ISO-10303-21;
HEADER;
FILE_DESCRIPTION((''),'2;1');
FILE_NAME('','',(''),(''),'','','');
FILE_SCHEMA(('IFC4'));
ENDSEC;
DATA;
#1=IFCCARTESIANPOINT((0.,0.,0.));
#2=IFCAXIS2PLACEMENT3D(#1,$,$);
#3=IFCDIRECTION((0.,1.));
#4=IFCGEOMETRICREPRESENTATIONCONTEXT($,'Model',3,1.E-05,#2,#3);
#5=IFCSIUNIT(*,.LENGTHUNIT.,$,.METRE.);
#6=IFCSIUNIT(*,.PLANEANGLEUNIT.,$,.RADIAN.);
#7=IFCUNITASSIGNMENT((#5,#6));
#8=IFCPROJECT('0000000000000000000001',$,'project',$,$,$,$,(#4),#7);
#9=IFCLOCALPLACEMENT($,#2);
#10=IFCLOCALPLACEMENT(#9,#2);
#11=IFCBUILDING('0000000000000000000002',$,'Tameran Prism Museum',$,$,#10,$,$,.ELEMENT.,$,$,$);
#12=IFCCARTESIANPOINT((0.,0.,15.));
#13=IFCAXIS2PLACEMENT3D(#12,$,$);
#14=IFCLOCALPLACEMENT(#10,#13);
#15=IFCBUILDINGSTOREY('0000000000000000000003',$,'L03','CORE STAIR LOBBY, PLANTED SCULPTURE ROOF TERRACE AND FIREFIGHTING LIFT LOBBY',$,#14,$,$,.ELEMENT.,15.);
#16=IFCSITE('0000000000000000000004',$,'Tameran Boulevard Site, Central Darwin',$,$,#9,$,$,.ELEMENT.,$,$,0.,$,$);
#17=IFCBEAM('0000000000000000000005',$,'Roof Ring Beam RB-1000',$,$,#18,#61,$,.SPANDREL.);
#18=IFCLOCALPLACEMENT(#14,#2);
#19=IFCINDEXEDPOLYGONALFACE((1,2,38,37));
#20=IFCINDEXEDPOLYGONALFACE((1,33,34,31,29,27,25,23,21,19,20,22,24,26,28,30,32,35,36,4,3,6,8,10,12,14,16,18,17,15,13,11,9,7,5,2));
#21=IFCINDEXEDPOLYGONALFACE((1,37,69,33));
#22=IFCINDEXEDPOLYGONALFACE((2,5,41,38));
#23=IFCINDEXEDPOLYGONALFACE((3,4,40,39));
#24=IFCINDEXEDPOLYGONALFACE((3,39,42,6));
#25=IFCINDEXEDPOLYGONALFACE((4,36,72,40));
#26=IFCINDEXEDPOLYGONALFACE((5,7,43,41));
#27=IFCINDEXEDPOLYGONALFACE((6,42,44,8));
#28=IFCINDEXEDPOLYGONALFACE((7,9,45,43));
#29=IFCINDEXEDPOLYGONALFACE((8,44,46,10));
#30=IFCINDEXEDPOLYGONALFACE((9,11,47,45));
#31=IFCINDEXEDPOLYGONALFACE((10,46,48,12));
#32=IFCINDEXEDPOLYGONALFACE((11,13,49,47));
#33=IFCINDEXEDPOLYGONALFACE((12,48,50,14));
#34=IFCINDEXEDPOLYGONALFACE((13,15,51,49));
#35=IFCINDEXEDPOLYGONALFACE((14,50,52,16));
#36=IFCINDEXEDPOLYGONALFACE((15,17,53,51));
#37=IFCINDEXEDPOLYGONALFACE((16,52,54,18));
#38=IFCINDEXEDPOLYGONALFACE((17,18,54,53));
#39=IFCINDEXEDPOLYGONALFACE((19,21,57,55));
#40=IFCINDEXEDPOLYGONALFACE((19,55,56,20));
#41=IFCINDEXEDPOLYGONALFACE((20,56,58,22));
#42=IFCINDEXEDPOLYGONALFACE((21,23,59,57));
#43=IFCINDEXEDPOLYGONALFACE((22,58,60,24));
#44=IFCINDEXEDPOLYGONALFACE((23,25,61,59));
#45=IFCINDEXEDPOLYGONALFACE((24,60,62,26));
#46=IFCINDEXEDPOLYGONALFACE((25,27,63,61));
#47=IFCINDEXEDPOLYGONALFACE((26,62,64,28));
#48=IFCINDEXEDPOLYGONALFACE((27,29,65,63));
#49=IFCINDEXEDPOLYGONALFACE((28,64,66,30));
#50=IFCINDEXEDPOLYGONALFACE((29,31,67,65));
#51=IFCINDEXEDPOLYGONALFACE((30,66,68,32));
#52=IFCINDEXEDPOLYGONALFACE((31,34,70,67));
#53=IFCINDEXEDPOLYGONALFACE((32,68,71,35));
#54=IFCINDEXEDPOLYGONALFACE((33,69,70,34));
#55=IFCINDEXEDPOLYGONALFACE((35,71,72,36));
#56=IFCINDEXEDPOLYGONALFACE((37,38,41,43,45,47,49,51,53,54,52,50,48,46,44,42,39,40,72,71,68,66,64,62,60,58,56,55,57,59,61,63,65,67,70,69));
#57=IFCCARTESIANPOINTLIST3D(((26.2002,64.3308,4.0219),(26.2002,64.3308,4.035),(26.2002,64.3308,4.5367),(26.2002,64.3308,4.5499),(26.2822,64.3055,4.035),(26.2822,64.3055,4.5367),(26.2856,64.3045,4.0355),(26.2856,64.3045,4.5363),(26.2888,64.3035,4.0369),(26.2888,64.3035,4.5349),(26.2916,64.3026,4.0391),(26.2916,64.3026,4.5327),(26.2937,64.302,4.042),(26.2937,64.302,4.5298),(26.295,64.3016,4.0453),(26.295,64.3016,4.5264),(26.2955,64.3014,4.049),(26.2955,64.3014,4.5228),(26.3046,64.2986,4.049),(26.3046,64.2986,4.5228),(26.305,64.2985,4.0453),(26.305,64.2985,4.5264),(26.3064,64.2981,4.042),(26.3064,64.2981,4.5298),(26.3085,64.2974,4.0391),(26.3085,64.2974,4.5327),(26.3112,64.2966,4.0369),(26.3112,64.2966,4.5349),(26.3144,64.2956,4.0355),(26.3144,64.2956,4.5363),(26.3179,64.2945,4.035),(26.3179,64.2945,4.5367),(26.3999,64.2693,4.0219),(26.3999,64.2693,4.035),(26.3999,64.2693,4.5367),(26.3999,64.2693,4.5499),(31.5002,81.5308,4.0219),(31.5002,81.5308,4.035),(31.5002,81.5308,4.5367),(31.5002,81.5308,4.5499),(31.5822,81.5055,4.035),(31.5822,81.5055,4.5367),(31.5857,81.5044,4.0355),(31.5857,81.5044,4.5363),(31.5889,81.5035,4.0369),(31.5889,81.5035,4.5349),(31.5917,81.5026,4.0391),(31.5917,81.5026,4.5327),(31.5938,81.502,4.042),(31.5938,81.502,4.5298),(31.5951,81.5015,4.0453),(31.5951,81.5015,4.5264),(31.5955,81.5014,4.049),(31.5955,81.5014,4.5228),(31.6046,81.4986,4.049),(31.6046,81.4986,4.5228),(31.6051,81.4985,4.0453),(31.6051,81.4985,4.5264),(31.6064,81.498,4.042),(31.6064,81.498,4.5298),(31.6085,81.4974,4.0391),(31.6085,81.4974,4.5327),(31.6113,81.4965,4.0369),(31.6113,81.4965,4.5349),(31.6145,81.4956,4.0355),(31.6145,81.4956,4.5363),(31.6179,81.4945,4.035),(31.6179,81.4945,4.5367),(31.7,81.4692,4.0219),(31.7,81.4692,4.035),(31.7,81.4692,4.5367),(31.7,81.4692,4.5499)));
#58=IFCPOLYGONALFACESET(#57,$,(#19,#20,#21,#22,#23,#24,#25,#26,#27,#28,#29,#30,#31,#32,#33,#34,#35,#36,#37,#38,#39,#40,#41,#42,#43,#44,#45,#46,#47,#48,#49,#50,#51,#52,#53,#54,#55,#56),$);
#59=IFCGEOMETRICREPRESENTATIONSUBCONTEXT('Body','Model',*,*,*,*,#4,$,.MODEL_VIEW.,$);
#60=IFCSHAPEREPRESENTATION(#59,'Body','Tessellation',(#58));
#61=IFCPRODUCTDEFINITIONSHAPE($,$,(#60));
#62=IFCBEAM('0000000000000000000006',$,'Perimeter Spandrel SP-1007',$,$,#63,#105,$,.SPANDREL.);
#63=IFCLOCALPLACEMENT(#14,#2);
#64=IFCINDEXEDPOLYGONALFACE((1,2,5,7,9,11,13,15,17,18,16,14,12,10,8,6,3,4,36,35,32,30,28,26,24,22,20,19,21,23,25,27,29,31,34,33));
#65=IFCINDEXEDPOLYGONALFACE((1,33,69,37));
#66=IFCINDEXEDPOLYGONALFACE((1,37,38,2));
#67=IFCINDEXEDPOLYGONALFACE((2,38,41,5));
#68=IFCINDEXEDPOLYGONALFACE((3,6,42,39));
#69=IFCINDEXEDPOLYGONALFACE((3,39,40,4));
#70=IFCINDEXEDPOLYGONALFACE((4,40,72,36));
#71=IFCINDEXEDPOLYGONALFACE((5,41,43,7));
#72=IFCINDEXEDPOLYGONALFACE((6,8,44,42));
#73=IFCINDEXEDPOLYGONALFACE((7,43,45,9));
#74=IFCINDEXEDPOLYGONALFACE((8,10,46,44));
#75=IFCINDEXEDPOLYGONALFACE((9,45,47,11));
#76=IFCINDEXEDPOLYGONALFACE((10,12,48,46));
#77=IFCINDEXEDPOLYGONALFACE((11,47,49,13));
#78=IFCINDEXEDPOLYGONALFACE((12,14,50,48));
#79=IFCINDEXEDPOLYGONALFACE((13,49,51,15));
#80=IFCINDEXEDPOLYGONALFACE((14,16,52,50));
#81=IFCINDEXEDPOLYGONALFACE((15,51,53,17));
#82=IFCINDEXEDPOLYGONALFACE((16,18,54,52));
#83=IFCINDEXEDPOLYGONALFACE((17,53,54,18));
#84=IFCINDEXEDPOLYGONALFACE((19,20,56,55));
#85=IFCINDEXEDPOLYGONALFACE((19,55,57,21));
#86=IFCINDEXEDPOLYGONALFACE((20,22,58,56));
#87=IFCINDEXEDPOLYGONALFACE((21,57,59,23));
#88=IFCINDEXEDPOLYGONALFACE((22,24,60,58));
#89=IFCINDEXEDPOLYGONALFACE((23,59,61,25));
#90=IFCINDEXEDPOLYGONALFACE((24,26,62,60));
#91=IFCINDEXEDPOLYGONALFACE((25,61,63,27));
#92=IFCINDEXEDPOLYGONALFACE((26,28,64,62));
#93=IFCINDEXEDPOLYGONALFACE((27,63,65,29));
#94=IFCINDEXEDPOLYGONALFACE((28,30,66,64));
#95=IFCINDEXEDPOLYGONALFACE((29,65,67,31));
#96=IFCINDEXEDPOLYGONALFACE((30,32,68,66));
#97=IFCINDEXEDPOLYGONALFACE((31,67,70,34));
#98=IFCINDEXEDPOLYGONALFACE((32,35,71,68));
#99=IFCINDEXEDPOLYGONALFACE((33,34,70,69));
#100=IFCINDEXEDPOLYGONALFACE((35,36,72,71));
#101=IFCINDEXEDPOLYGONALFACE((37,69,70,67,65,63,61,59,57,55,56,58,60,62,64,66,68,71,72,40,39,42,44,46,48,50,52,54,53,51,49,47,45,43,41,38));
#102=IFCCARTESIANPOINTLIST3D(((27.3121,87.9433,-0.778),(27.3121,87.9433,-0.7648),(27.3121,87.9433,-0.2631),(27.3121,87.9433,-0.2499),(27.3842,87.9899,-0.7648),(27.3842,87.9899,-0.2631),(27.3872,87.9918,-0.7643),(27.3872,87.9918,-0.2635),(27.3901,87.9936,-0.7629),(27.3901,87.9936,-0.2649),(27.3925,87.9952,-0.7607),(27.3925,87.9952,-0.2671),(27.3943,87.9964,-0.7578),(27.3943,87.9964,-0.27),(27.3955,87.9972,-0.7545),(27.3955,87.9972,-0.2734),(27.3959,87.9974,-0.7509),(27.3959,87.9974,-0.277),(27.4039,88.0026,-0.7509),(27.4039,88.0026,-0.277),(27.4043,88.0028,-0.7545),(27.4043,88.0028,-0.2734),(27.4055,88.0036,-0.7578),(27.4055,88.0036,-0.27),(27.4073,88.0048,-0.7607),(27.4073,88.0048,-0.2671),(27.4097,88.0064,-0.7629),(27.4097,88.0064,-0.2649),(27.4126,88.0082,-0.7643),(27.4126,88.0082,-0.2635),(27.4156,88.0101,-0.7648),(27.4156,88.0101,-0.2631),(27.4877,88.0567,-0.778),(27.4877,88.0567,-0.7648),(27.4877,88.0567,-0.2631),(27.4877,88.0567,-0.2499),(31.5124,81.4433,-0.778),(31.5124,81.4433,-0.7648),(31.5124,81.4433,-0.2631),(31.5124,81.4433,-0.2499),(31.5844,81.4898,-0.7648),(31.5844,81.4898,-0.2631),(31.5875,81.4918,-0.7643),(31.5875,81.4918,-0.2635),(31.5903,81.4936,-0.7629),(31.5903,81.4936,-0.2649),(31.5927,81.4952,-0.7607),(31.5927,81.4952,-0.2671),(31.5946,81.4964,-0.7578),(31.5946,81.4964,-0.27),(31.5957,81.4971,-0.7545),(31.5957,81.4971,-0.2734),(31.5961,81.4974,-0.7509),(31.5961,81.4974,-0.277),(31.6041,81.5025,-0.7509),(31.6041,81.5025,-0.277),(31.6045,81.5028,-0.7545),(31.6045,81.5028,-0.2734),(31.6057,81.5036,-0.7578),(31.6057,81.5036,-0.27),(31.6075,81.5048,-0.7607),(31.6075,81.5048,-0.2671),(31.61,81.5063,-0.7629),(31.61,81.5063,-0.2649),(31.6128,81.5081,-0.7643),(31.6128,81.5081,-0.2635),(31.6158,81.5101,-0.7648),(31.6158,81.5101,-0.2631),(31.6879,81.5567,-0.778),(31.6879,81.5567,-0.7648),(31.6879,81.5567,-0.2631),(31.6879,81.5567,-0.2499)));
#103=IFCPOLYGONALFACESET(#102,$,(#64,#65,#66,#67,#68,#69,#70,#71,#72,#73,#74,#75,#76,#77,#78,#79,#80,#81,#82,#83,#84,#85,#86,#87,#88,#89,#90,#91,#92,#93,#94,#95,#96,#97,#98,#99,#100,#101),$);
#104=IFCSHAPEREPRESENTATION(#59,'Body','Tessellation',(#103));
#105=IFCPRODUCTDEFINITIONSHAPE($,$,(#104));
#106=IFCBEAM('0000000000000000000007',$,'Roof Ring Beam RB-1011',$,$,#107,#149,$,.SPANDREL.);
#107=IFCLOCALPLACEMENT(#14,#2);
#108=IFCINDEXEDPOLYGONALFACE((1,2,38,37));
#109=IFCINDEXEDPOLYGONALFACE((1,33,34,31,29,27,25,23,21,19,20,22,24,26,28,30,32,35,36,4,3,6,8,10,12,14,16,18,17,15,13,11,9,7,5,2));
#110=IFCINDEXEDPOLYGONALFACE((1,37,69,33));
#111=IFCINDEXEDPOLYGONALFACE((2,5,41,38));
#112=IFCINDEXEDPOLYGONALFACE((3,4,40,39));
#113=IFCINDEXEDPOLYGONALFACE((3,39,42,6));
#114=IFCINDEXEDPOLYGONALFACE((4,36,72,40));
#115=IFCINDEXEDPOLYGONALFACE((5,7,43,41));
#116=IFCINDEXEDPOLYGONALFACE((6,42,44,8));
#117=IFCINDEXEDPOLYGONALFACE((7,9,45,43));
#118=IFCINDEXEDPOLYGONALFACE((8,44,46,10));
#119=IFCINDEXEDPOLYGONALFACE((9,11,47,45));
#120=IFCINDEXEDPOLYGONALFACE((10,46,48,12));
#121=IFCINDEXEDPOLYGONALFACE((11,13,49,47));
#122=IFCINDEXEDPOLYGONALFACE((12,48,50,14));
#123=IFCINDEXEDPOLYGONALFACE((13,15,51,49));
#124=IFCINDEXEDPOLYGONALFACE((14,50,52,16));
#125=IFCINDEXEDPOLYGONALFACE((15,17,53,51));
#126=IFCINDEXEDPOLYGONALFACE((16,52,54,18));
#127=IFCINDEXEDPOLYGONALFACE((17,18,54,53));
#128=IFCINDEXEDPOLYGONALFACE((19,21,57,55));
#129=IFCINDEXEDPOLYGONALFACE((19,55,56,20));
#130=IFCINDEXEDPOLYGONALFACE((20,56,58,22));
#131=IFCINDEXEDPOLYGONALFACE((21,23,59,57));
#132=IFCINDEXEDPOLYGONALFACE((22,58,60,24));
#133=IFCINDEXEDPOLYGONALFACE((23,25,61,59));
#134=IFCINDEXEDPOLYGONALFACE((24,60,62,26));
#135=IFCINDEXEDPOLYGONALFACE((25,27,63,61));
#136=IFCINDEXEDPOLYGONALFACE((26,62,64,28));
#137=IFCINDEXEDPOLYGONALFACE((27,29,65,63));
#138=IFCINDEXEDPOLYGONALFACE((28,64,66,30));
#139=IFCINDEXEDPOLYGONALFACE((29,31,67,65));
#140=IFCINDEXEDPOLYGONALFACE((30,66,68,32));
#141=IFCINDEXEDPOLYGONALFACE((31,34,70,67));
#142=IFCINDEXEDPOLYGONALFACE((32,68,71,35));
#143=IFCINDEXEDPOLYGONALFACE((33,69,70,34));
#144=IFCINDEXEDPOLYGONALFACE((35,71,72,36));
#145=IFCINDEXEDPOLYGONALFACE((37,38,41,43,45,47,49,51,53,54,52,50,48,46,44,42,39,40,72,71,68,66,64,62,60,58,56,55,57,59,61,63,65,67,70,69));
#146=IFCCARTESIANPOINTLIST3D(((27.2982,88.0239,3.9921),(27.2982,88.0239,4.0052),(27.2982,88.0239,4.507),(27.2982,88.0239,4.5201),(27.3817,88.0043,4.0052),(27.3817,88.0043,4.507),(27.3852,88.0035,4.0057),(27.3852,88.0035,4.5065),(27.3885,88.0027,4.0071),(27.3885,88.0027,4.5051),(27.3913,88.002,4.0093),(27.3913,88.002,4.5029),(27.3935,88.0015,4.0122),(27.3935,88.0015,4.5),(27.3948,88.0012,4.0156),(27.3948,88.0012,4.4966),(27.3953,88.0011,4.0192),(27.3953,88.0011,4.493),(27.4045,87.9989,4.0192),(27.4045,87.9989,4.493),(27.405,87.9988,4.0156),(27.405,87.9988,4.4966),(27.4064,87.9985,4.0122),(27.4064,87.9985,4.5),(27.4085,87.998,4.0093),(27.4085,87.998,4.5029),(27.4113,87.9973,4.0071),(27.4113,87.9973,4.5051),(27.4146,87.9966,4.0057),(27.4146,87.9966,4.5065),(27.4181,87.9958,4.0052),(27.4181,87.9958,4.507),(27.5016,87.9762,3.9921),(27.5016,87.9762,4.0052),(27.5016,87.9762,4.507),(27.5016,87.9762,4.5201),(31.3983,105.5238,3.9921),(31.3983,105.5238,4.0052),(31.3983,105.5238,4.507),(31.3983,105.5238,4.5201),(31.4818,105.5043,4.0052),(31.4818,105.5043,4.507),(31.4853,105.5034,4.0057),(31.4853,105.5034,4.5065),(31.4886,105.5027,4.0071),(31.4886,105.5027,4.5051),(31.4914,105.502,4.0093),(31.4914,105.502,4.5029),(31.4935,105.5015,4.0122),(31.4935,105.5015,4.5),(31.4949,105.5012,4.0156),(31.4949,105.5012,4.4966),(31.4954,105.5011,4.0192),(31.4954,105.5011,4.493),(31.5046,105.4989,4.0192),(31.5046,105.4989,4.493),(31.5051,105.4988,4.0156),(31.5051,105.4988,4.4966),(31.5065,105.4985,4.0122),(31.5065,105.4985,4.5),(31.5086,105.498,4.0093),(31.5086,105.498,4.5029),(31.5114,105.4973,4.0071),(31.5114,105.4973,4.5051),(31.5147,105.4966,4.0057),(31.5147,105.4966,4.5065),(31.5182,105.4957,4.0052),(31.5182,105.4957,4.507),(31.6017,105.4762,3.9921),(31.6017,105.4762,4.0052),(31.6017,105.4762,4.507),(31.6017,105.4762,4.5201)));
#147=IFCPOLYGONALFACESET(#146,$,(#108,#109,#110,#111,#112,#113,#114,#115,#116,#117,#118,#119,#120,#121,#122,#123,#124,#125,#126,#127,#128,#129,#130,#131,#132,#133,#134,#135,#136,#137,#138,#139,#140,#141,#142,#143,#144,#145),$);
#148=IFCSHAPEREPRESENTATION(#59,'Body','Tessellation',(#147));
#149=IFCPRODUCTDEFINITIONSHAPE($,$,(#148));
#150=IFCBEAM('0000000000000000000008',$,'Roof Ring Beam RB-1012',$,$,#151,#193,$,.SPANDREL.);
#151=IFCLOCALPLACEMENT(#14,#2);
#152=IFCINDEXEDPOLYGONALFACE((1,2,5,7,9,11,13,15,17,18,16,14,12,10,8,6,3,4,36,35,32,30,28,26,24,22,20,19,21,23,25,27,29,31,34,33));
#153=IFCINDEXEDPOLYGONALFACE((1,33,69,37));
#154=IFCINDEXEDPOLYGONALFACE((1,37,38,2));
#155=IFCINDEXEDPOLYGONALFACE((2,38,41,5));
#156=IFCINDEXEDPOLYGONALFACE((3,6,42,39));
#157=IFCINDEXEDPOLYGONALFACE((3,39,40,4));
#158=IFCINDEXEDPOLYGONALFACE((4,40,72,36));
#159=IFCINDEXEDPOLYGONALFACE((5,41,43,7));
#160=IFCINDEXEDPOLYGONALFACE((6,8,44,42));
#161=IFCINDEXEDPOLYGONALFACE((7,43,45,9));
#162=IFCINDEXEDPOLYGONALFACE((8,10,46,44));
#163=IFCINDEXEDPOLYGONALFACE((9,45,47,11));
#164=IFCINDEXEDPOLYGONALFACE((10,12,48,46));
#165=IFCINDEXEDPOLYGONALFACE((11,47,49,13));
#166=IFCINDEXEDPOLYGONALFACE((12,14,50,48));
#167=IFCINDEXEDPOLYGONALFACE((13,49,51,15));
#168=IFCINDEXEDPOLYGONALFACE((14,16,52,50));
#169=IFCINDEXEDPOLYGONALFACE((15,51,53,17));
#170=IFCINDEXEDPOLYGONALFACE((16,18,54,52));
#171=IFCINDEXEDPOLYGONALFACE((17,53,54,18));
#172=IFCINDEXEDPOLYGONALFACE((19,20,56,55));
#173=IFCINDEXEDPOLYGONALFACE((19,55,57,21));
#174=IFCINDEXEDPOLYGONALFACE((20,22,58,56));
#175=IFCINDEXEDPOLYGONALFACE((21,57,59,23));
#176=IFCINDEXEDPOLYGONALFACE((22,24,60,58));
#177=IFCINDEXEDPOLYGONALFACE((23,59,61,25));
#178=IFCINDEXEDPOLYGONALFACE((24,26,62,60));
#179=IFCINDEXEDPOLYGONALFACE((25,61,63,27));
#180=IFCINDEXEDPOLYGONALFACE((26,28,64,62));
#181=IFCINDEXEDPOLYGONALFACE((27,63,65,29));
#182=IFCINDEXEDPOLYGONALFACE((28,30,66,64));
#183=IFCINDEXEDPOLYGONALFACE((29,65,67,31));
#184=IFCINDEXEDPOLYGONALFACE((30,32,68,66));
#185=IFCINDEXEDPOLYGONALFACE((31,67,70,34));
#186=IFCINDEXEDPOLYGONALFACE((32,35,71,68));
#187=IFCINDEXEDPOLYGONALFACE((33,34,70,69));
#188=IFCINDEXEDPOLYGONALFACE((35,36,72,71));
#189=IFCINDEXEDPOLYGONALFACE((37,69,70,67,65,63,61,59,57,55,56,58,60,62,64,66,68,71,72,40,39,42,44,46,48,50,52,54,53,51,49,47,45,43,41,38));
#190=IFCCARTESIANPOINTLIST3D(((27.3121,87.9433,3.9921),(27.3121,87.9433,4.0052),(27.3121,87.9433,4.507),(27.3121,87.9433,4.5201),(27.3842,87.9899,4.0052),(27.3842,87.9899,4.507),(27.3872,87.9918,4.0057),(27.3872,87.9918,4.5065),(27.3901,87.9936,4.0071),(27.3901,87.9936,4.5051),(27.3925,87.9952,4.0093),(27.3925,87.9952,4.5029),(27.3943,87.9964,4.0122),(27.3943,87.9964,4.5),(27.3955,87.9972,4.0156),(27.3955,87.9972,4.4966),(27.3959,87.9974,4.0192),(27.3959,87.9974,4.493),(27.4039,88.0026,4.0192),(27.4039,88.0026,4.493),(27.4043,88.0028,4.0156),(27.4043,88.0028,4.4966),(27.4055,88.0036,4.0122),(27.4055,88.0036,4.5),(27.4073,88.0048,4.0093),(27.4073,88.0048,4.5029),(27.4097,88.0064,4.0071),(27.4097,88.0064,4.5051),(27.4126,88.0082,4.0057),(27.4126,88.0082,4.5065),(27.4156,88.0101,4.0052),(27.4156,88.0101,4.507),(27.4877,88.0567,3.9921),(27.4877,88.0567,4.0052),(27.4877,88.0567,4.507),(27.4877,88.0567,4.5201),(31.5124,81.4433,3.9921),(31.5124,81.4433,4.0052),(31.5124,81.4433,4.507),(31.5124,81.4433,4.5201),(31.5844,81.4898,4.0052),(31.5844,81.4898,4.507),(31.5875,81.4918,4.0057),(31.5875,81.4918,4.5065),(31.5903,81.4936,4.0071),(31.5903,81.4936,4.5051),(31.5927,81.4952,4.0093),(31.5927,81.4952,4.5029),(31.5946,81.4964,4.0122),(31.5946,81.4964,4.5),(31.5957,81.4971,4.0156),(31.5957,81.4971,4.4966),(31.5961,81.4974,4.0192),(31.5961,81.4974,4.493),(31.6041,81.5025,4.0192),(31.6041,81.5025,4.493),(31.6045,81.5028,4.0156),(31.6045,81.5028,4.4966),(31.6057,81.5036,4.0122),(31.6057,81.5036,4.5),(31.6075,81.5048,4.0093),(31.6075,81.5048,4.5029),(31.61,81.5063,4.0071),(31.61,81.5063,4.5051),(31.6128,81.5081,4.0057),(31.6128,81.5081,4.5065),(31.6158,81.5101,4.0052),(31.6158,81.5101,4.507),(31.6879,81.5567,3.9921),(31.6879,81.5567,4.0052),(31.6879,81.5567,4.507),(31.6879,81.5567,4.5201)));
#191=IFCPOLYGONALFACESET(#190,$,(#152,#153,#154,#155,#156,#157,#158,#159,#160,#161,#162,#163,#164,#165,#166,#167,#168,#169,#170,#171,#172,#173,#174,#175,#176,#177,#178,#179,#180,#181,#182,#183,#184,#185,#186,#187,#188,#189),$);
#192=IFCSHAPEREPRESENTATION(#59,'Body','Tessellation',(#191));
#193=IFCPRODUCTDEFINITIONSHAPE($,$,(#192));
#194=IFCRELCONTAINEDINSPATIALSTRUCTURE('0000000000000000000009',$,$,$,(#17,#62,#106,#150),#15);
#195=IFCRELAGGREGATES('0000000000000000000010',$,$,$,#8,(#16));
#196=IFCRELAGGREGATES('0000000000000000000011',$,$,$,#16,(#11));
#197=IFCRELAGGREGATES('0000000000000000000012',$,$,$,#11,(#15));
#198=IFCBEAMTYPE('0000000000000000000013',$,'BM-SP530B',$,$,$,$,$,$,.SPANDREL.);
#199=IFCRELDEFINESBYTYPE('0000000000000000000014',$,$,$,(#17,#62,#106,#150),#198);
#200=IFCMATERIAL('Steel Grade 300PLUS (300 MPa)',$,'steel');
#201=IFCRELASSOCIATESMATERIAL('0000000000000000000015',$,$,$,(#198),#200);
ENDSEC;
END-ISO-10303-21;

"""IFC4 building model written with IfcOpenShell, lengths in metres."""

from ifc_helpers import new_model, si_unit, direction, frame, origin, origin_2d, place, context, subcontext, project, spatial, i_section, extrude, material, material_profile, profile_set, type_object, element, save


model = new_model("IFC4")

# Units and contexts
model_context = context("Model", 3, precision=1e-05, world=origin(), true_north=direction((0.0, 1.0)))
body_context = subcontext(model_context, "Body", "Model", "MODEL_VIEW")
ifc_project = project(units=[si_unit("LENGTHUNIT", "METRE"), si_unit("PLANEANGLEUNIT", "RADIAN")], contexts=[model_context])

# Site, building, storey
site_placement = place(None, origin())
site = spatial("IfcSite", under=ifc_project, at=site_placement, Name="Tameran Boulevard Site, Central Darwin", CompositionType="ELEMENT", RefElevation=0.0)
building_placement = place(site_placement, origin())
building = spatial("IfcBuilding", under=site, at=building_placement, Name="Tameran Prism Museum", CompositionType="ELEMENT")
storey_placement = place(building_placement, frame((0.0, 0.0, 15.0)))
storey = spatial("IfcBuildingStorey", under=building, at=storey_placement, Name="L03", Description="CORE STAIR LOBBY, PLANTED SCULPTURE ROOF TERRACE AND FIREFIGHTING LIFT LOBBY", CompositionType="ELEMENT", Elevation=15.0)

# Beams
ifc_material_1 = material(Name="Steel Grade 300PLUS (300 MPa)", Category="steel")
ifc_material_profile_1 = material_profile(ifc_material_1, i_section(OverallWidth=0.209, OverallDepth=0.5281, WebThickness=0.0095, FlangeThickness=0.0132, FilletRadius=0.0139, at=origin_2d()))
ifc_profile_set_1 = profile_set([ifc_material_profile_1])
beam_type_1 = type_object("IfcBeamType", Name="BM-SP530B", PredefinedType="SPANDREL", material=ifc_profile_set_1)
beam_1_placement = place(storey_placement, frame((31.6001, 81.5, 4.2859), z_axis=(-0.294479, -0.955658, 0.0), x_axis=(0.955658, -0.294479, 0.0)))
element("IfcBeam", 1, at=beam_1_placement, inside=storey, type_object=beam_type_1, Name="Roof Ring Beam RB-1000", PredefinedType="SPANDREL", context=body_context, shape_type="SweptSolid", body=[
    extrude(i_section(OverallWidth=0.209, OverallDepth=0.5281, WebThickness=0.0095, FlangeThickness=0.0132, FilletRadius=0.0139, at=origin_2d()), origin(), (0.0, 0.0, 1.0), 17.998),
])
beam_2_placement = place(storey_placement, frame((27.3999, 88.0, -0.5139), z_axis=(0.542733, -0.839905, 0.0), x_axis=(0.839905, 0.542733, 0.0)))
element("IfcBeam", 2, at=beam_2_placement, inside=storey, type_object=beam_type_1, Name="Perimeter Spandrel SP-1007", PredefinedType="SPANDREL", context=body_context, shape_type="SweptSolid", body=[
    extrude(i_section(OverallWidth=0.209, OverallDepth=0.5281, WebThickness=0.0095, FlangeThickness=0.0132, FilletRadius=0.0139, at=origin_2d()), origin(), (0.0, 0.0, 1.0), 7.739),
])
beam_3_placement = place(storey_placement, frame((31.5, 105.5, 4.2561), z_axis=(-0.228114, -0.973634, 0.0), x_axis=(0.973634, -0.228114, 0.0)))
element("IfcBeam", 3, at=beam_3_placement, inside=storey, type_object=beam_type_1, Name="Roof Ring Beam RB-1011", PredefinedType="SPANDREL", context=body_context, shape_type="SweptSolid", body=[
    extrude(i_section(OverallWidth=0.209, OverallDepth=0.5281, WebThickness=0.0095, FlangeThickness=0.0132, FilletRadius=0.0139, at=origin_2d()), origin(), (0.0, 0.0, 1.0), 17.9739),
])
beam_4_placement = place(storey_placement, frame((27.3999, 88.0, 4.2561), z_axis=(0.542733, -0.839905, 0.0), x_axis=(0.839905, 0.542733, 0.0)))
element("IfcBeam", 4, at=beam_4_placement, inside=storey, type_object=beam_type_1, Name="Roof Ring Beam RB-1012", PredefinedType="SPANDREL", context=body_context, shape_type="SweptSolid", body=[
    extrude(i_section(OverallWidth=0.209, OverallDepth=0.5281, WebThickness=0.0095, FlangeThickness=0.0132, FilletRadius=0.0139, at=origin_2d()), origin(), (0.0, 0.0, 1.0), 7.739),
])

save(model, "model.ifc")
